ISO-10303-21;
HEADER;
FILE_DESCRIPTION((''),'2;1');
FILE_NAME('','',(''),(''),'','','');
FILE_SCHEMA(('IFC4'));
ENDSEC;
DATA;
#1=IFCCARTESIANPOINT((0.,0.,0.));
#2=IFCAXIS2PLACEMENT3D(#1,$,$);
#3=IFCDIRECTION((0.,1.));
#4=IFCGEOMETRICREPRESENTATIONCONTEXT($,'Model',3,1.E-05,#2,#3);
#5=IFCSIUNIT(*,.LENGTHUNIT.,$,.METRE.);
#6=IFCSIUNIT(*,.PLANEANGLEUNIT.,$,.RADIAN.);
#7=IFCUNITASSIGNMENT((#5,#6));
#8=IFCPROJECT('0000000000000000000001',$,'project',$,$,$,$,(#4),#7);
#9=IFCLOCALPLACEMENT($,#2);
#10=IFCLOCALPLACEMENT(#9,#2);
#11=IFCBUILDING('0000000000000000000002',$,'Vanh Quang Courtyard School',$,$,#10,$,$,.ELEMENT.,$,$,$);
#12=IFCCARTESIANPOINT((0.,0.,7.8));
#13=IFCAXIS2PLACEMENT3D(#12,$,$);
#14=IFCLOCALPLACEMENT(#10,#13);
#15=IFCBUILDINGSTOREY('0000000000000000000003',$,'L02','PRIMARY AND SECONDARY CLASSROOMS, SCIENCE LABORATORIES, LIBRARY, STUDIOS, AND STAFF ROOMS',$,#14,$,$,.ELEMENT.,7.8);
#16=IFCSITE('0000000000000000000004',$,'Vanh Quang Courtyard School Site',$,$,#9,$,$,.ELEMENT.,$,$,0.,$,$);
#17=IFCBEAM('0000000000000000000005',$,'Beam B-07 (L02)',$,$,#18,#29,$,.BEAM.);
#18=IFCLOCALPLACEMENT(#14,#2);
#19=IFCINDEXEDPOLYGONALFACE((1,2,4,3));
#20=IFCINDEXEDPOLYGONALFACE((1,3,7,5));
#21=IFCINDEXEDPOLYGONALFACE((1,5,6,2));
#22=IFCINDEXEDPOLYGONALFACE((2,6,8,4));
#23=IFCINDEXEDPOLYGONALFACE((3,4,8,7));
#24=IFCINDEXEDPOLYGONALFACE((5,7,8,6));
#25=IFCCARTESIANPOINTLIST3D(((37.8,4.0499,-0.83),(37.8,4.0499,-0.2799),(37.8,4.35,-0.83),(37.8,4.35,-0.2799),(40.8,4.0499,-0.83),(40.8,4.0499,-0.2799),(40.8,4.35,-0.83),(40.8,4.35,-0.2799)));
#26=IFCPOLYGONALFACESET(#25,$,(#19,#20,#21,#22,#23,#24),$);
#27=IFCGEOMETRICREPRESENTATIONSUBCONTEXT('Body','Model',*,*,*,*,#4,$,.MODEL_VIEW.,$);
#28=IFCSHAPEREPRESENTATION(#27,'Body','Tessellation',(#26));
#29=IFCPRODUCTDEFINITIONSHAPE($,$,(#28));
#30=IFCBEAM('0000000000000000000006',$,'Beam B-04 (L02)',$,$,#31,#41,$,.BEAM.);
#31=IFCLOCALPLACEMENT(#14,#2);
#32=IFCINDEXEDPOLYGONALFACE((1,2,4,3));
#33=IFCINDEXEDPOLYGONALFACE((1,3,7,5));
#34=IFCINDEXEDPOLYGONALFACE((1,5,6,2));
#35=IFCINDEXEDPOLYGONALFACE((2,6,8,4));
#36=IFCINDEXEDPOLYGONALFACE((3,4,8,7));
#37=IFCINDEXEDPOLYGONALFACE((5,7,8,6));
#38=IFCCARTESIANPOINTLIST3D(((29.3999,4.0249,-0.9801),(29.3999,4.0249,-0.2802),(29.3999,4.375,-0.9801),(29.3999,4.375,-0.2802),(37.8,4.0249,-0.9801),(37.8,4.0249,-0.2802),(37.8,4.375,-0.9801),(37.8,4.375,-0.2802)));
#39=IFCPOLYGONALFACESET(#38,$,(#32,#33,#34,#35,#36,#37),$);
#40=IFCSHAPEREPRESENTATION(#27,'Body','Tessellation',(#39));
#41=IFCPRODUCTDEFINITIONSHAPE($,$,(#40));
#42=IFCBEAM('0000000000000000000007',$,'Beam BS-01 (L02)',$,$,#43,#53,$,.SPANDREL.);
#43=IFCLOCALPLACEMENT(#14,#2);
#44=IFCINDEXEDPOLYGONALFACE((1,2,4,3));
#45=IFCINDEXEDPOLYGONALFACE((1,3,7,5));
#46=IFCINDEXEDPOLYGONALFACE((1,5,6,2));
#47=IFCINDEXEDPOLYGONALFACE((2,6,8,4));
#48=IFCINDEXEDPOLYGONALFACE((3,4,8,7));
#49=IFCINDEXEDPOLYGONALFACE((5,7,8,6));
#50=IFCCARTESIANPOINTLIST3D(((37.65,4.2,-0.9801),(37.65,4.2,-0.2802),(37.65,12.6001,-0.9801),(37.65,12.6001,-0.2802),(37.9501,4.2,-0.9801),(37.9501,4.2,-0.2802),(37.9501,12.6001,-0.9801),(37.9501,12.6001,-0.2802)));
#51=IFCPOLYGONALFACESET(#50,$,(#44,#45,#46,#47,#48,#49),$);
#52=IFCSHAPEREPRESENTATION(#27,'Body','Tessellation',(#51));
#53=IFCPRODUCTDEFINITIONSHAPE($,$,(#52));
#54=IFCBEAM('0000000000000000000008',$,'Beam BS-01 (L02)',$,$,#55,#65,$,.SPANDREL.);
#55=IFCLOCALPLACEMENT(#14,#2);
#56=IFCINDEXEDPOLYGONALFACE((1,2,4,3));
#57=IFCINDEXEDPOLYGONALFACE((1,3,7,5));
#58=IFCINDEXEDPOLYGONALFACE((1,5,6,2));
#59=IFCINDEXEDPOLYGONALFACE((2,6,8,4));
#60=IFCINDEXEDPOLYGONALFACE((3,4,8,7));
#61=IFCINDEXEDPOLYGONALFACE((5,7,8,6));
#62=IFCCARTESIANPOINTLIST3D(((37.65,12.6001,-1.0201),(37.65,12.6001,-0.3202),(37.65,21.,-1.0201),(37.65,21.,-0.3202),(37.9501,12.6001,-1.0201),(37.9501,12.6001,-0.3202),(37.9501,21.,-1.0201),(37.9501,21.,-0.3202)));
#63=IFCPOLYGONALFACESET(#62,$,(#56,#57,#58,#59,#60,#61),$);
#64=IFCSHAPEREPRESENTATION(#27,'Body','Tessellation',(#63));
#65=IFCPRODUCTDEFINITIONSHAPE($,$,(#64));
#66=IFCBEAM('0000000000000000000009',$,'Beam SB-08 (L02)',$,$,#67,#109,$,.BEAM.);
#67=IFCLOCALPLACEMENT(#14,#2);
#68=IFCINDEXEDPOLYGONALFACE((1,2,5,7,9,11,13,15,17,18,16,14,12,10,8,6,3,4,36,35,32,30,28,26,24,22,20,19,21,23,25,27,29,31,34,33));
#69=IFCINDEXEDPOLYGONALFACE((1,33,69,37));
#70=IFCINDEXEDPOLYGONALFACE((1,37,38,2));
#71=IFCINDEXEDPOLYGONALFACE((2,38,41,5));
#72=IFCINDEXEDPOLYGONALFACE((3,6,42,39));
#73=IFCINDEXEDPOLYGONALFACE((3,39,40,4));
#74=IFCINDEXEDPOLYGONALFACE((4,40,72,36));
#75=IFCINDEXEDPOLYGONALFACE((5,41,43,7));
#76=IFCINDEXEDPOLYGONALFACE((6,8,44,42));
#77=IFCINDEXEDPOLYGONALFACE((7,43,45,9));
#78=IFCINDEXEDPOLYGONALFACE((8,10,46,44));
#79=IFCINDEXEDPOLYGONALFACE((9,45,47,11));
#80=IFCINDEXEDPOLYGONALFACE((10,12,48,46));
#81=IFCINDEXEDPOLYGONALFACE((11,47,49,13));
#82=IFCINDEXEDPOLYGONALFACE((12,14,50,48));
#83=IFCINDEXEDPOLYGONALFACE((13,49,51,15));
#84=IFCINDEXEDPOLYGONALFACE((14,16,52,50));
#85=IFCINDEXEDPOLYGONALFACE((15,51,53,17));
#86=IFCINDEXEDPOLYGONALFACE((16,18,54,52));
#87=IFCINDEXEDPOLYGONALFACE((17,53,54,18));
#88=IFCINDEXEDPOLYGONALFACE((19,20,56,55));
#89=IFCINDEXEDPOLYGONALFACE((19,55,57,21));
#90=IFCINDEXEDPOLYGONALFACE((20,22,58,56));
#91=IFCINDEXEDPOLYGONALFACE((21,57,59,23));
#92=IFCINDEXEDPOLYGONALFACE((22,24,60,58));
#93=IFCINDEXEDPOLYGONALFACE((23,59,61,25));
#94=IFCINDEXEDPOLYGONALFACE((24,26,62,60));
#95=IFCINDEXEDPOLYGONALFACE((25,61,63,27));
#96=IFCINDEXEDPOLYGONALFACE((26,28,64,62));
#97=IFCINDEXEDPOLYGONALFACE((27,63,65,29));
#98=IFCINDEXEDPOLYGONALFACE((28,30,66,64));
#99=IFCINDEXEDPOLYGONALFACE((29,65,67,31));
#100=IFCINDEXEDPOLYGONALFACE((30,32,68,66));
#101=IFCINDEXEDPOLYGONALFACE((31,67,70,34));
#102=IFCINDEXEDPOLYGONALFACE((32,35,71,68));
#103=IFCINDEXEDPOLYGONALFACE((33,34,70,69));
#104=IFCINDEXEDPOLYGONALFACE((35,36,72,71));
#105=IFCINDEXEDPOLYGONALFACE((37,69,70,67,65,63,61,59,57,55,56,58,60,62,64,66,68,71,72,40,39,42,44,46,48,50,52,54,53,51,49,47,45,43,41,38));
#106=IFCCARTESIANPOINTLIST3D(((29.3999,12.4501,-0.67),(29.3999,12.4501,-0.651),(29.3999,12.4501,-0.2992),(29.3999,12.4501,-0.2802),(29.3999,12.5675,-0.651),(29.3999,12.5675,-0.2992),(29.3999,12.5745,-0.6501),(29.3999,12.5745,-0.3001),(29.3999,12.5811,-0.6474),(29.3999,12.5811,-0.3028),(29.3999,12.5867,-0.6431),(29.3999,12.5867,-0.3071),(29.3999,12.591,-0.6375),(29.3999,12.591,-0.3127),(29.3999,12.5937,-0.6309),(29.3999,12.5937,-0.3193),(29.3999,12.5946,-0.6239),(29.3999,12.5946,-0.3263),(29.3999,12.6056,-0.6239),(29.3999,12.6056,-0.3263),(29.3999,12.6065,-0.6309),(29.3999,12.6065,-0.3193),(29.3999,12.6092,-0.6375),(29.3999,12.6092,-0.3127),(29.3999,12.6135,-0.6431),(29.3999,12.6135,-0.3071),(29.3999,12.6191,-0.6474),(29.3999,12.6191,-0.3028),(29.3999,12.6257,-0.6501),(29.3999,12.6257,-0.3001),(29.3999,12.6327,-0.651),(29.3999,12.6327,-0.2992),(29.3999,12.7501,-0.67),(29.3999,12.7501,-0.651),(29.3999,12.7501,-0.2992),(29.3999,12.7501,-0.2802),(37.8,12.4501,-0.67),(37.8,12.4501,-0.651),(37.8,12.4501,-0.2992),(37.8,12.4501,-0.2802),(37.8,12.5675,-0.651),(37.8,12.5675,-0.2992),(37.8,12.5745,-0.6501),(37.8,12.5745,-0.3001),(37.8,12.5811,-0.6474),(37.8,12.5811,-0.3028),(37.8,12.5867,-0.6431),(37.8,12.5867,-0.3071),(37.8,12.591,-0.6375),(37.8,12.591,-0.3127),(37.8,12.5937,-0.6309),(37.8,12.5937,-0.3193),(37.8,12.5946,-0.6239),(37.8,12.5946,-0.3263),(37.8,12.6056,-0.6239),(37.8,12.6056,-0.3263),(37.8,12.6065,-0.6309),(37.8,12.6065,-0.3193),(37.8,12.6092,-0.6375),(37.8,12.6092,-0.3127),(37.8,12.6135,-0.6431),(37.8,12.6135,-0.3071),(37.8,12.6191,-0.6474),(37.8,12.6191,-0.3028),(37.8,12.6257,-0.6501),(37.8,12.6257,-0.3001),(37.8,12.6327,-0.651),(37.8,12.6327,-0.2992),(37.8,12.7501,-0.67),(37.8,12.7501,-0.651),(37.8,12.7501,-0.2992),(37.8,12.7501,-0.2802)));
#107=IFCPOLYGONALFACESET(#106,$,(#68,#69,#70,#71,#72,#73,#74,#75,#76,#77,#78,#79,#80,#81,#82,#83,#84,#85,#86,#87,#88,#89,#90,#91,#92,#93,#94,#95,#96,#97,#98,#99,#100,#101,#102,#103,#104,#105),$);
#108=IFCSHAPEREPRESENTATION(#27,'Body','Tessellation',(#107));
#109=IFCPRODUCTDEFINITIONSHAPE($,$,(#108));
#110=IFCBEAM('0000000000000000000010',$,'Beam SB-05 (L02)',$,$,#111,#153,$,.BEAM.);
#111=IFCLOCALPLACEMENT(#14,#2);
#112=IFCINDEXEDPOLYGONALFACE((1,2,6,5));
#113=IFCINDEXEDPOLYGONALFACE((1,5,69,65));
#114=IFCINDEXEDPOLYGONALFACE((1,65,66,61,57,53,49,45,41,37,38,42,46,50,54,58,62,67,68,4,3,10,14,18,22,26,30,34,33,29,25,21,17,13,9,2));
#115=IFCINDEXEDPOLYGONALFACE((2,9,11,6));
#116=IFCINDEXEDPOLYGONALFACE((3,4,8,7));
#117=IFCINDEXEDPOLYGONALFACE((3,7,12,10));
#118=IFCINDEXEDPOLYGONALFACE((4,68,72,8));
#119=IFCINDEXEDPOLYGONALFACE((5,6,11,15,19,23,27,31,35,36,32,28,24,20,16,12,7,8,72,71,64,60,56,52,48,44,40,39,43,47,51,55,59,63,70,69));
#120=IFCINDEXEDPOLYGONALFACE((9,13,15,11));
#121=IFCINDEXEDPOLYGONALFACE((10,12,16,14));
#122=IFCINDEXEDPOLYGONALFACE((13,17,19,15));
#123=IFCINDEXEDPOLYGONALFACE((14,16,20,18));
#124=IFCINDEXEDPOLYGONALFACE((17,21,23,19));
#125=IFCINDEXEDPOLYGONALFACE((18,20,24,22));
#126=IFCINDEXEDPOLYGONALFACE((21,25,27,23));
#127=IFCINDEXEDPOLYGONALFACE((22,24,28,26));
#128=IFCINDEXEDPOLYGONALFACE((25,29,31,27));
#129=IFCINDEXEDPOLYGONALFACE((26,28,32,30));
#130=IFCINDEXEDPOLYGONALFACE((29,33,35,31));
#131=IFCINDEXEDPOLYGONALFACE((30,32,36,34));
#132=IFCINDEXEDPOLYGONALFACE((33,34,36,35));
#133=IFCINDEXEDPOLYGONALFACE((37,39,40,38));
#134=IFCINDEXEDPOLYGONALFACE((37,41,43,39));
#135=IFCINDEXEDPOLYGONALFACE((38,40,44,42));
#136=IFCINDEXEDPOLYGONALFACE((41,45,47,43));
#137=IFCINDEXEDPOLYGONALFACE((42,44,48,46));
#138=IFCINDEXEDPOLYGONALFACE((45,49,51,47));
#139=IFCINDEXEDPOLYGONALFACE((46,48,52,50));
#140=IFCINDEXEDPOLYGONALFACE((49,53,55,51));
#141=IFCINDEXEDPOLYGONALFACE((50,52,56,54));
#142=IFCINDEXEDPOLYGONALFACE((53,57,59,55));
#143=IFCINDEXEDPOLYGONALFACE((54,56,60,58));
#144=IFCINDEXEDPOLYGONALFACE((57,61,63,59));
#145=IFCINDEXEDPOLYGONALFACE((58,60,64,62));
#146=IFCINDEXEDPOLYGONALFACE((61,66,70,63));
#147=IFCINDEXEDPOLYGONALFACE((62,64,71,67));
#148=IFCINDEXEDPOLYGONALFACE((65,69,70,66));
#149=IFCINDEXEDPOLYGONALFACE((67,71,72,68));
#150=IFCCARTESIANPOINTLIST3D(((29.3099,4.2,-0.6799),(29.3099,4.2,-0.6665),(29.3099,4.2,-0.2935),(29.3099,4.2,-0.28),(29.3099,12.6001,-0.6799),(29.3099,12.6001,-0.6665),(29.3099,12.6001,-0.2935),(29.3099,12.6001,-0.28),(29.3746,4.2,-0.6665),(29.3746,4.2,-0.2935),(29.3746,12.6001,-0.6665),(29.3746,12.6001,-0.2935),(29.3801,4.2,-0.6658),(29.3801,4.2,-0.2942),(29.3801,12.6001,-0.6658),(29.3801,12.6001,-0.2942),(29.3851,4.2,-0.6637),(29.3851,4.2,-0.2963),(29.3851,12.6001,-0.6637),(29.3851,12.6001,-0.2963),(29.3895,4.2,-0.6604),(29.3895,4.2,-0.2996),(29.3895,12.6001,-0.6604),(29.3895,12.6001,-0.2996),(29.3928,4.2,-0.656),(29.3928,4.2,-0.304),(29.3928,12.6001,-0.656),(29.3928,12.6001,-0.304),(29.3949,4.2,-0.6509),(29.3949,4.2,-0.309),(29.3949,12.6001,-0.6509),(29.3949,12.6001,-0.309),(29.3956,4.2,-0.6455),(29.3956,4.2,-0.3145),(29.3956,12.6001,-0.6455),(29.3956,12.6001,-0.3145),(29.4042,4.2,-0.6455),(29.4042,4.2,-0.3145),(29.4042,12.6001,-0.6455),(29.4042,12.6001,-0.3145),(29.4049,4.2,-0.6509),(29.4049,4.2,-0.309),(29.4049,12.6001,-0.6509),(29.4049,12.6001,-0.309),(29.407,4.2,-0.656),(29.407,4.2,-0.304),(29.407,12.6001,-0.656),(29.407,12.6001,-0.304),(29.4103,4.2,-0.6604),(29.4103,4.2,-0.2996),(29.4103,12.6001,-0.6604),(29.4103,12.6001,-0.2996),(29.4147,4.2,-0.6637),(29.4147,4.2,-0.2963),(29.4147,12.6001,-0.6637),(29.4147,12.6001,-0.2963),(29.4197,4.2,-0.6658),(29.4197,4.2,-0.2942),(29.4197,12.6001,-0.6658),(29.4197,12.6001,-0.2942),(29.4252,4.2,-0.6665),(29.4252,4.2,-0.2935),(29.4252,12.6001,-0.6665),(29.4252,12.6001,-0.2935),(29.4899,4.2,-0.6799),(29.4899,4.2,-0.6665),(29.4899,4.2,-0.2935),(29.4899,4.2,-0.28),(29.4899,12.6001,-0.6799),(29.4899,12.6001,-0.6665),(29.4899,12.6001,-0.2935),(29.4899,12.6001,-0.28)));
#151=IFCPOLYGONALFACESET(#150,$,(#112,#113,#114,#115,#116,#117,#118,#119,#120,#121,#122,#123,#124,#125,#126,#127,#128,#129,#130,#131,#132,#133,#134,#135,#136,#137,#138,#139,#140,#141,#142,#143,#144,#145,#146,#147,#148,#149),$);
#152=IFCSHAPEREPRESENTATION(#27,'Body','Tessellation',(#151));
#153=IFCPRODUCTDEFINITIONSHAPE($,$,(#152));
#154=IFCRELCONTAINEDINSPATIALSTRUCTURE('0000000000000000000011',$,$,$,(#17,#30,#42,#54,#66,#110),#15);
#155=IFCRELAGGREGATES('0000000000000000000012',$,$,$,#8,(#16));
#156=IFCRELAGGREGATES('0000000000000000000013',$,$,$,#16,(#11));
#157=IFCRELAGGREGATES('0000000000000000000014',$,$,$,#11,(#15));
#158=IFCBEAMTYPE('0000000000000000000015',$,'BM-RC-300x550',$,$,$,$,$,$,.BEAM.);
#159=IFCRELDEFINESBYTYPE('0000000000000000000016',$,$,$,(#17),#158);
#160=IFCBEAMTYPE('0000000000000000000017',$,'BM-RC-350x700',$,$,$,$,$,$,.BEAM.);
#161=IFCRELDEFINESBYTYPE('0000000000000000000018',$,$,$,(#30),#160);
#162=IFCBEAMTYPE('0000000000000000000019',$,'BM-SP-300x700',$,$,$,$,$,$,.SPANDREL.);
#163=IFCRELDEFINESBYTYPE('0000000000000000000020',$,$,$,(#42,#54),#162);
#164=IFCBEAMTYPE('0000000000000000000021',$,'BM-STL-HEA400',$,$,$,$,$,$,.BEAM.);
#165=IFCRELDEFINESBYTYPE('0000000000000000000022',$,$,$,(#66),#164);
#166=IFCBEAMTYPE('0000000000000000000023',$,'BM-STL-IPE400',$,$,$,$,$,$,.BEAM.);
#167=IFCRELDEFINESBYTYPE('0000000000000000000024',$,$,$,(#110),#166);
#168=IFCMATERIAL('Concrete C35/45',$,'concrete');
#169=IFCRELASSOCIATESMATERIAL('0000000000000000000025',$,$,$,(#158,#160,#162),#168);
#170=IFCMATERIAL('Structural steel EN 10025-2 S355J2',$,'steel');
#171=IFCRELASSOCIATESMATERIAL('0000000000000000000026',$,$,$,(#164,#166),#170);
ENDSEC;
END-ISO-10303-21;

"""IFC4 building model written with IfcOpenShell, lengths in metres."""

from ifc_helpers import new_model, si_unit, direction, frame, origin, origin_2d, place, context, subcontext, project, spatial, rectangle, i_section, extrude, material, material_profile, profile_set, type_object, element, save


model = new_model("IFC4")

# Units and contexts
model_context = context("Model", 3, precision=1e-05, world=origin(), true_north=direction((0.0, 1.0)))
body_context = subcontext(model_context, "Body", "Model", "MODEL_VIEW")
ifc_project = project(units=[si_unit("LENGTHUNIT", "METRE"), si_unit("PLANEANGLEUNIT", "RADIAN")], contexts=[model_context])

# Site, building, storey
site_placement = place(None, origin())
site = spatial("IfcSite", under=ifc_project, at=site_placement, Name="Vanh Quang Courtyard School Site", CompositionType="ELEMENT", RefElevation=0.0)
building_placement = place(site_placement, origin())
building = spatial("IfcBuilding", under=site, at=building_placement, Name="Vanh Quang Courtyard School", CompositionType="ELEMENT")
storey_placement = place(building_placement, frame((0.0, 0.0, 7.8)))
storey = spatial("IfcBuildingStorey", under=building, at=storey_placement, Name="L02", Description="PRIMARY AND SECONDARY CLASSROOMS, SCIENCE LABORATORIES, LIBRARY, STUDIOS, AND STAFF ROOMS", CompositionType="ELEMENT", Elevation=7.8)

# Shared definitions
ifc_material_1 = material(Name="Structural steel EN 10025-2 S355J2", Category="steel")

# Beams
ifc_material_2 = material(Name="Concrete C35/45", Category="concrete")
ifc_material_profile_1 = material_profile(ifc_material_2, rectangle(XDim=0.3, YDim=0.55, at=origin_2d()), Name="RC-BM 300x550")
ifc_profile_set_1 = profile_set([ifc_material_profile_1], Name="Concrete C35/45")
beam_type_1 = type_object("IfcBeamType", Name="BM-RC-300x550", PredefinedType="BEAM", material=ifc_profile_set_1)
beam_1_placement = place(storey_placement, frame((37.8, 4.2, -0.5549), z_axis=(1.0, 0.0, 0.0), x_axis=(0.0, 1.0, 0.0)))
element("IfcBeam", 1, at=beam_1_placement, inside=storey, type_object=beam_type_1, Name="Beam B-07 (L02)", PredefinedType="BEAM", context=body_context, shape_type="SweptSolid", body=[
    extrude(rectangle(XDim=0.3, YDim=0.55, at=origin_2d()), origin(), (0.0, 0.0, 1.0), 3.0),
])
ifc_material_profile_2 = material_profile(ifc_material_2, rectangle(XDim=0.3501, YDim=0.7, at=origin_2d()), Name="RC-BM 350x700")
ifc_profile_set_2 = profile_set([ifc_material_profile_2], Name="Concrete C35/45")
beam_type_2 = type_object("IfcBeamType", Name="BM-RC-350x700", PredefinedType="BEAM", material=ifc_profile_set_2)
beam_2_placement = place(storey_placement, frame((29.3999, 4.2, -0.6301), z_axis=(1.0, 0.0, 0.0), x_axis=(0.0, 1.0, 0.0)))
element("IfcBeam", 2, at=beam_2_placement, inside=storey, type_object=beam_type_2, Name="Beam B-04 (L02)", PredefinedType="BEAM", context=body_context, shape_type="SweptSolid", body=[
    extrude(rectangle(XDim=0.3501, YDim=0.7, at=origin_2d()), origin(), (0.0, 0.0, 1.0), 8.4001),
])
ifc_material_profile_3 = material_profile(ifc_material_2, rectangle(XDim=0.3, YDim=0.7, at=origin_2d()), Name="RC-SP 300x700")
ifc_profile_set_3 = profile_set([ifc_material_profile_3], Name="Concrete C35/45")
beam_type_3 = type_object("IfcBeamType", Name="BM-SP-300x700", PredefinedType="SPANDREL", material=ifc_profile_set_3)
beam_3_placement = place(storey_placement, frame((37.8, 4.2, -0.6301), z_axis=(0.0, 1.0, 0.0), x_axis=(-1.0, 0.0, 0.0)))
element("IfcBeam", 3, at=beam_3_placement, inside=storey, type_object=beam_type_3, Name="Beam BS-01 (L02)", PredefinedType="SPANDREL", context=body_context, shape_type="SweptSolid", body=[
    extrude(rectangle(XDim=0.3, YDim=0.7, at=origin_2d()), origin(), (0.0, 0.0, 1.0), 8.4001),
])
beam_4_placement = place(storey_placement, frame((37.8, 12.6001, -0.6702), z_axis=(0.0, 1.0, 0.0), x_axis=(-1.0, 0.0, 0.0)))
element("IfcBeam", 4, at=beam_4_placement, inside=storey, type_object=beam_type_3, Name="Beam BS-01 (L02)", PredefinedType="SPANDREL", context=body_context, shape_type="SweptSolid", body=[
    extrude(rectangle(XDim=0.3, YDim=0.7, at=origin_2d()), origin(), (0.0, 0.0, 1.0), 8.3999),
])
ifc_material_profile_4 = material_profile(ifc_material_1, i_section(OverallWidth=0.3, OverallDepth=0.3899, WebThickness=0.011, FlangeThickness=0.019, FilletRadius=0.0271, at=origin_2d()), Name="HEA 400")
ifc_profile_set_4 = profile_set([ifc_material_profile_4], Name="Structural steel EN 10025-2 S355J2")
beam_type_4 = type_object("IfcBeamType", Name="BM-STL-HEA400", PredefinedType="BEAM", material=ifc_profile_set_4)
beam_5_placement = place(storey_placement, frame((29.3999, 12.6001, -0.4751), z_axis=(1.0, 0.0, 0.0), x_axis=(0.0, 1.0, 0.0)))
element("IfcBeam", 5, at=beam_5_placement, inside=storey, type_object=beam_type_4, Name="Beam SB-08 (L02)", PredefinedType="BEAM", context=body_context, shape_type="SweptSolid", body=[
    extrude(i_section(OverallWidth=0.3, OverallDepth=0.3899, WebThickness=0.011, FlangeThickness=0.019, FilletRadius=0.0271, at=origin_2d()), origin(), (0.0, 0.0, 1.0), 8.4001),
])
ifc_material_profile_5 = material_profile(ifc_material_1, i_section(OverallWidth=0.1799, OverallDepth=0.3999, WebThickness=0.0085, FlangeThickness=0.0134, FilletRadius=0.021, at=origin_2d()), Name="IPE 400")
ifc_profile_set_5 = profile_set([ifc_material_profile_5], Name="Structural steel EN 10025-2 S355J2")
beam_type_5 = type_object("IfcBeamType", Name="BM-STL-IPE400", PredefinedType="BEAM", material=ifc_profile_set_5)
beam_6_placement = place(storey_placement, frame((29.3999, 4.2, -0.48), z_axis=(0.0, 1.0, 0.0), x_axis=(-1.0, 0.0, 0.0)))
element("IfcBeam", 6, at=beam_6_placement, inside=storey, type_object=beam_type_5, Name="Beam SB-05 (L02)", PredefinedType="BEAM", context=body_context, shape_type="SweptSolid", body=[
    extrude(i_section(OverallWidth=0.1799, OverallDepth=0.3999, WebThickness=0.0085, FlangeThickness=0.0134, FilletRadius=0.021, at=origin_2d()), origin(), (0.0, 0.0, 1.0), 8.4001),
])

save(model, "model.ifc")
